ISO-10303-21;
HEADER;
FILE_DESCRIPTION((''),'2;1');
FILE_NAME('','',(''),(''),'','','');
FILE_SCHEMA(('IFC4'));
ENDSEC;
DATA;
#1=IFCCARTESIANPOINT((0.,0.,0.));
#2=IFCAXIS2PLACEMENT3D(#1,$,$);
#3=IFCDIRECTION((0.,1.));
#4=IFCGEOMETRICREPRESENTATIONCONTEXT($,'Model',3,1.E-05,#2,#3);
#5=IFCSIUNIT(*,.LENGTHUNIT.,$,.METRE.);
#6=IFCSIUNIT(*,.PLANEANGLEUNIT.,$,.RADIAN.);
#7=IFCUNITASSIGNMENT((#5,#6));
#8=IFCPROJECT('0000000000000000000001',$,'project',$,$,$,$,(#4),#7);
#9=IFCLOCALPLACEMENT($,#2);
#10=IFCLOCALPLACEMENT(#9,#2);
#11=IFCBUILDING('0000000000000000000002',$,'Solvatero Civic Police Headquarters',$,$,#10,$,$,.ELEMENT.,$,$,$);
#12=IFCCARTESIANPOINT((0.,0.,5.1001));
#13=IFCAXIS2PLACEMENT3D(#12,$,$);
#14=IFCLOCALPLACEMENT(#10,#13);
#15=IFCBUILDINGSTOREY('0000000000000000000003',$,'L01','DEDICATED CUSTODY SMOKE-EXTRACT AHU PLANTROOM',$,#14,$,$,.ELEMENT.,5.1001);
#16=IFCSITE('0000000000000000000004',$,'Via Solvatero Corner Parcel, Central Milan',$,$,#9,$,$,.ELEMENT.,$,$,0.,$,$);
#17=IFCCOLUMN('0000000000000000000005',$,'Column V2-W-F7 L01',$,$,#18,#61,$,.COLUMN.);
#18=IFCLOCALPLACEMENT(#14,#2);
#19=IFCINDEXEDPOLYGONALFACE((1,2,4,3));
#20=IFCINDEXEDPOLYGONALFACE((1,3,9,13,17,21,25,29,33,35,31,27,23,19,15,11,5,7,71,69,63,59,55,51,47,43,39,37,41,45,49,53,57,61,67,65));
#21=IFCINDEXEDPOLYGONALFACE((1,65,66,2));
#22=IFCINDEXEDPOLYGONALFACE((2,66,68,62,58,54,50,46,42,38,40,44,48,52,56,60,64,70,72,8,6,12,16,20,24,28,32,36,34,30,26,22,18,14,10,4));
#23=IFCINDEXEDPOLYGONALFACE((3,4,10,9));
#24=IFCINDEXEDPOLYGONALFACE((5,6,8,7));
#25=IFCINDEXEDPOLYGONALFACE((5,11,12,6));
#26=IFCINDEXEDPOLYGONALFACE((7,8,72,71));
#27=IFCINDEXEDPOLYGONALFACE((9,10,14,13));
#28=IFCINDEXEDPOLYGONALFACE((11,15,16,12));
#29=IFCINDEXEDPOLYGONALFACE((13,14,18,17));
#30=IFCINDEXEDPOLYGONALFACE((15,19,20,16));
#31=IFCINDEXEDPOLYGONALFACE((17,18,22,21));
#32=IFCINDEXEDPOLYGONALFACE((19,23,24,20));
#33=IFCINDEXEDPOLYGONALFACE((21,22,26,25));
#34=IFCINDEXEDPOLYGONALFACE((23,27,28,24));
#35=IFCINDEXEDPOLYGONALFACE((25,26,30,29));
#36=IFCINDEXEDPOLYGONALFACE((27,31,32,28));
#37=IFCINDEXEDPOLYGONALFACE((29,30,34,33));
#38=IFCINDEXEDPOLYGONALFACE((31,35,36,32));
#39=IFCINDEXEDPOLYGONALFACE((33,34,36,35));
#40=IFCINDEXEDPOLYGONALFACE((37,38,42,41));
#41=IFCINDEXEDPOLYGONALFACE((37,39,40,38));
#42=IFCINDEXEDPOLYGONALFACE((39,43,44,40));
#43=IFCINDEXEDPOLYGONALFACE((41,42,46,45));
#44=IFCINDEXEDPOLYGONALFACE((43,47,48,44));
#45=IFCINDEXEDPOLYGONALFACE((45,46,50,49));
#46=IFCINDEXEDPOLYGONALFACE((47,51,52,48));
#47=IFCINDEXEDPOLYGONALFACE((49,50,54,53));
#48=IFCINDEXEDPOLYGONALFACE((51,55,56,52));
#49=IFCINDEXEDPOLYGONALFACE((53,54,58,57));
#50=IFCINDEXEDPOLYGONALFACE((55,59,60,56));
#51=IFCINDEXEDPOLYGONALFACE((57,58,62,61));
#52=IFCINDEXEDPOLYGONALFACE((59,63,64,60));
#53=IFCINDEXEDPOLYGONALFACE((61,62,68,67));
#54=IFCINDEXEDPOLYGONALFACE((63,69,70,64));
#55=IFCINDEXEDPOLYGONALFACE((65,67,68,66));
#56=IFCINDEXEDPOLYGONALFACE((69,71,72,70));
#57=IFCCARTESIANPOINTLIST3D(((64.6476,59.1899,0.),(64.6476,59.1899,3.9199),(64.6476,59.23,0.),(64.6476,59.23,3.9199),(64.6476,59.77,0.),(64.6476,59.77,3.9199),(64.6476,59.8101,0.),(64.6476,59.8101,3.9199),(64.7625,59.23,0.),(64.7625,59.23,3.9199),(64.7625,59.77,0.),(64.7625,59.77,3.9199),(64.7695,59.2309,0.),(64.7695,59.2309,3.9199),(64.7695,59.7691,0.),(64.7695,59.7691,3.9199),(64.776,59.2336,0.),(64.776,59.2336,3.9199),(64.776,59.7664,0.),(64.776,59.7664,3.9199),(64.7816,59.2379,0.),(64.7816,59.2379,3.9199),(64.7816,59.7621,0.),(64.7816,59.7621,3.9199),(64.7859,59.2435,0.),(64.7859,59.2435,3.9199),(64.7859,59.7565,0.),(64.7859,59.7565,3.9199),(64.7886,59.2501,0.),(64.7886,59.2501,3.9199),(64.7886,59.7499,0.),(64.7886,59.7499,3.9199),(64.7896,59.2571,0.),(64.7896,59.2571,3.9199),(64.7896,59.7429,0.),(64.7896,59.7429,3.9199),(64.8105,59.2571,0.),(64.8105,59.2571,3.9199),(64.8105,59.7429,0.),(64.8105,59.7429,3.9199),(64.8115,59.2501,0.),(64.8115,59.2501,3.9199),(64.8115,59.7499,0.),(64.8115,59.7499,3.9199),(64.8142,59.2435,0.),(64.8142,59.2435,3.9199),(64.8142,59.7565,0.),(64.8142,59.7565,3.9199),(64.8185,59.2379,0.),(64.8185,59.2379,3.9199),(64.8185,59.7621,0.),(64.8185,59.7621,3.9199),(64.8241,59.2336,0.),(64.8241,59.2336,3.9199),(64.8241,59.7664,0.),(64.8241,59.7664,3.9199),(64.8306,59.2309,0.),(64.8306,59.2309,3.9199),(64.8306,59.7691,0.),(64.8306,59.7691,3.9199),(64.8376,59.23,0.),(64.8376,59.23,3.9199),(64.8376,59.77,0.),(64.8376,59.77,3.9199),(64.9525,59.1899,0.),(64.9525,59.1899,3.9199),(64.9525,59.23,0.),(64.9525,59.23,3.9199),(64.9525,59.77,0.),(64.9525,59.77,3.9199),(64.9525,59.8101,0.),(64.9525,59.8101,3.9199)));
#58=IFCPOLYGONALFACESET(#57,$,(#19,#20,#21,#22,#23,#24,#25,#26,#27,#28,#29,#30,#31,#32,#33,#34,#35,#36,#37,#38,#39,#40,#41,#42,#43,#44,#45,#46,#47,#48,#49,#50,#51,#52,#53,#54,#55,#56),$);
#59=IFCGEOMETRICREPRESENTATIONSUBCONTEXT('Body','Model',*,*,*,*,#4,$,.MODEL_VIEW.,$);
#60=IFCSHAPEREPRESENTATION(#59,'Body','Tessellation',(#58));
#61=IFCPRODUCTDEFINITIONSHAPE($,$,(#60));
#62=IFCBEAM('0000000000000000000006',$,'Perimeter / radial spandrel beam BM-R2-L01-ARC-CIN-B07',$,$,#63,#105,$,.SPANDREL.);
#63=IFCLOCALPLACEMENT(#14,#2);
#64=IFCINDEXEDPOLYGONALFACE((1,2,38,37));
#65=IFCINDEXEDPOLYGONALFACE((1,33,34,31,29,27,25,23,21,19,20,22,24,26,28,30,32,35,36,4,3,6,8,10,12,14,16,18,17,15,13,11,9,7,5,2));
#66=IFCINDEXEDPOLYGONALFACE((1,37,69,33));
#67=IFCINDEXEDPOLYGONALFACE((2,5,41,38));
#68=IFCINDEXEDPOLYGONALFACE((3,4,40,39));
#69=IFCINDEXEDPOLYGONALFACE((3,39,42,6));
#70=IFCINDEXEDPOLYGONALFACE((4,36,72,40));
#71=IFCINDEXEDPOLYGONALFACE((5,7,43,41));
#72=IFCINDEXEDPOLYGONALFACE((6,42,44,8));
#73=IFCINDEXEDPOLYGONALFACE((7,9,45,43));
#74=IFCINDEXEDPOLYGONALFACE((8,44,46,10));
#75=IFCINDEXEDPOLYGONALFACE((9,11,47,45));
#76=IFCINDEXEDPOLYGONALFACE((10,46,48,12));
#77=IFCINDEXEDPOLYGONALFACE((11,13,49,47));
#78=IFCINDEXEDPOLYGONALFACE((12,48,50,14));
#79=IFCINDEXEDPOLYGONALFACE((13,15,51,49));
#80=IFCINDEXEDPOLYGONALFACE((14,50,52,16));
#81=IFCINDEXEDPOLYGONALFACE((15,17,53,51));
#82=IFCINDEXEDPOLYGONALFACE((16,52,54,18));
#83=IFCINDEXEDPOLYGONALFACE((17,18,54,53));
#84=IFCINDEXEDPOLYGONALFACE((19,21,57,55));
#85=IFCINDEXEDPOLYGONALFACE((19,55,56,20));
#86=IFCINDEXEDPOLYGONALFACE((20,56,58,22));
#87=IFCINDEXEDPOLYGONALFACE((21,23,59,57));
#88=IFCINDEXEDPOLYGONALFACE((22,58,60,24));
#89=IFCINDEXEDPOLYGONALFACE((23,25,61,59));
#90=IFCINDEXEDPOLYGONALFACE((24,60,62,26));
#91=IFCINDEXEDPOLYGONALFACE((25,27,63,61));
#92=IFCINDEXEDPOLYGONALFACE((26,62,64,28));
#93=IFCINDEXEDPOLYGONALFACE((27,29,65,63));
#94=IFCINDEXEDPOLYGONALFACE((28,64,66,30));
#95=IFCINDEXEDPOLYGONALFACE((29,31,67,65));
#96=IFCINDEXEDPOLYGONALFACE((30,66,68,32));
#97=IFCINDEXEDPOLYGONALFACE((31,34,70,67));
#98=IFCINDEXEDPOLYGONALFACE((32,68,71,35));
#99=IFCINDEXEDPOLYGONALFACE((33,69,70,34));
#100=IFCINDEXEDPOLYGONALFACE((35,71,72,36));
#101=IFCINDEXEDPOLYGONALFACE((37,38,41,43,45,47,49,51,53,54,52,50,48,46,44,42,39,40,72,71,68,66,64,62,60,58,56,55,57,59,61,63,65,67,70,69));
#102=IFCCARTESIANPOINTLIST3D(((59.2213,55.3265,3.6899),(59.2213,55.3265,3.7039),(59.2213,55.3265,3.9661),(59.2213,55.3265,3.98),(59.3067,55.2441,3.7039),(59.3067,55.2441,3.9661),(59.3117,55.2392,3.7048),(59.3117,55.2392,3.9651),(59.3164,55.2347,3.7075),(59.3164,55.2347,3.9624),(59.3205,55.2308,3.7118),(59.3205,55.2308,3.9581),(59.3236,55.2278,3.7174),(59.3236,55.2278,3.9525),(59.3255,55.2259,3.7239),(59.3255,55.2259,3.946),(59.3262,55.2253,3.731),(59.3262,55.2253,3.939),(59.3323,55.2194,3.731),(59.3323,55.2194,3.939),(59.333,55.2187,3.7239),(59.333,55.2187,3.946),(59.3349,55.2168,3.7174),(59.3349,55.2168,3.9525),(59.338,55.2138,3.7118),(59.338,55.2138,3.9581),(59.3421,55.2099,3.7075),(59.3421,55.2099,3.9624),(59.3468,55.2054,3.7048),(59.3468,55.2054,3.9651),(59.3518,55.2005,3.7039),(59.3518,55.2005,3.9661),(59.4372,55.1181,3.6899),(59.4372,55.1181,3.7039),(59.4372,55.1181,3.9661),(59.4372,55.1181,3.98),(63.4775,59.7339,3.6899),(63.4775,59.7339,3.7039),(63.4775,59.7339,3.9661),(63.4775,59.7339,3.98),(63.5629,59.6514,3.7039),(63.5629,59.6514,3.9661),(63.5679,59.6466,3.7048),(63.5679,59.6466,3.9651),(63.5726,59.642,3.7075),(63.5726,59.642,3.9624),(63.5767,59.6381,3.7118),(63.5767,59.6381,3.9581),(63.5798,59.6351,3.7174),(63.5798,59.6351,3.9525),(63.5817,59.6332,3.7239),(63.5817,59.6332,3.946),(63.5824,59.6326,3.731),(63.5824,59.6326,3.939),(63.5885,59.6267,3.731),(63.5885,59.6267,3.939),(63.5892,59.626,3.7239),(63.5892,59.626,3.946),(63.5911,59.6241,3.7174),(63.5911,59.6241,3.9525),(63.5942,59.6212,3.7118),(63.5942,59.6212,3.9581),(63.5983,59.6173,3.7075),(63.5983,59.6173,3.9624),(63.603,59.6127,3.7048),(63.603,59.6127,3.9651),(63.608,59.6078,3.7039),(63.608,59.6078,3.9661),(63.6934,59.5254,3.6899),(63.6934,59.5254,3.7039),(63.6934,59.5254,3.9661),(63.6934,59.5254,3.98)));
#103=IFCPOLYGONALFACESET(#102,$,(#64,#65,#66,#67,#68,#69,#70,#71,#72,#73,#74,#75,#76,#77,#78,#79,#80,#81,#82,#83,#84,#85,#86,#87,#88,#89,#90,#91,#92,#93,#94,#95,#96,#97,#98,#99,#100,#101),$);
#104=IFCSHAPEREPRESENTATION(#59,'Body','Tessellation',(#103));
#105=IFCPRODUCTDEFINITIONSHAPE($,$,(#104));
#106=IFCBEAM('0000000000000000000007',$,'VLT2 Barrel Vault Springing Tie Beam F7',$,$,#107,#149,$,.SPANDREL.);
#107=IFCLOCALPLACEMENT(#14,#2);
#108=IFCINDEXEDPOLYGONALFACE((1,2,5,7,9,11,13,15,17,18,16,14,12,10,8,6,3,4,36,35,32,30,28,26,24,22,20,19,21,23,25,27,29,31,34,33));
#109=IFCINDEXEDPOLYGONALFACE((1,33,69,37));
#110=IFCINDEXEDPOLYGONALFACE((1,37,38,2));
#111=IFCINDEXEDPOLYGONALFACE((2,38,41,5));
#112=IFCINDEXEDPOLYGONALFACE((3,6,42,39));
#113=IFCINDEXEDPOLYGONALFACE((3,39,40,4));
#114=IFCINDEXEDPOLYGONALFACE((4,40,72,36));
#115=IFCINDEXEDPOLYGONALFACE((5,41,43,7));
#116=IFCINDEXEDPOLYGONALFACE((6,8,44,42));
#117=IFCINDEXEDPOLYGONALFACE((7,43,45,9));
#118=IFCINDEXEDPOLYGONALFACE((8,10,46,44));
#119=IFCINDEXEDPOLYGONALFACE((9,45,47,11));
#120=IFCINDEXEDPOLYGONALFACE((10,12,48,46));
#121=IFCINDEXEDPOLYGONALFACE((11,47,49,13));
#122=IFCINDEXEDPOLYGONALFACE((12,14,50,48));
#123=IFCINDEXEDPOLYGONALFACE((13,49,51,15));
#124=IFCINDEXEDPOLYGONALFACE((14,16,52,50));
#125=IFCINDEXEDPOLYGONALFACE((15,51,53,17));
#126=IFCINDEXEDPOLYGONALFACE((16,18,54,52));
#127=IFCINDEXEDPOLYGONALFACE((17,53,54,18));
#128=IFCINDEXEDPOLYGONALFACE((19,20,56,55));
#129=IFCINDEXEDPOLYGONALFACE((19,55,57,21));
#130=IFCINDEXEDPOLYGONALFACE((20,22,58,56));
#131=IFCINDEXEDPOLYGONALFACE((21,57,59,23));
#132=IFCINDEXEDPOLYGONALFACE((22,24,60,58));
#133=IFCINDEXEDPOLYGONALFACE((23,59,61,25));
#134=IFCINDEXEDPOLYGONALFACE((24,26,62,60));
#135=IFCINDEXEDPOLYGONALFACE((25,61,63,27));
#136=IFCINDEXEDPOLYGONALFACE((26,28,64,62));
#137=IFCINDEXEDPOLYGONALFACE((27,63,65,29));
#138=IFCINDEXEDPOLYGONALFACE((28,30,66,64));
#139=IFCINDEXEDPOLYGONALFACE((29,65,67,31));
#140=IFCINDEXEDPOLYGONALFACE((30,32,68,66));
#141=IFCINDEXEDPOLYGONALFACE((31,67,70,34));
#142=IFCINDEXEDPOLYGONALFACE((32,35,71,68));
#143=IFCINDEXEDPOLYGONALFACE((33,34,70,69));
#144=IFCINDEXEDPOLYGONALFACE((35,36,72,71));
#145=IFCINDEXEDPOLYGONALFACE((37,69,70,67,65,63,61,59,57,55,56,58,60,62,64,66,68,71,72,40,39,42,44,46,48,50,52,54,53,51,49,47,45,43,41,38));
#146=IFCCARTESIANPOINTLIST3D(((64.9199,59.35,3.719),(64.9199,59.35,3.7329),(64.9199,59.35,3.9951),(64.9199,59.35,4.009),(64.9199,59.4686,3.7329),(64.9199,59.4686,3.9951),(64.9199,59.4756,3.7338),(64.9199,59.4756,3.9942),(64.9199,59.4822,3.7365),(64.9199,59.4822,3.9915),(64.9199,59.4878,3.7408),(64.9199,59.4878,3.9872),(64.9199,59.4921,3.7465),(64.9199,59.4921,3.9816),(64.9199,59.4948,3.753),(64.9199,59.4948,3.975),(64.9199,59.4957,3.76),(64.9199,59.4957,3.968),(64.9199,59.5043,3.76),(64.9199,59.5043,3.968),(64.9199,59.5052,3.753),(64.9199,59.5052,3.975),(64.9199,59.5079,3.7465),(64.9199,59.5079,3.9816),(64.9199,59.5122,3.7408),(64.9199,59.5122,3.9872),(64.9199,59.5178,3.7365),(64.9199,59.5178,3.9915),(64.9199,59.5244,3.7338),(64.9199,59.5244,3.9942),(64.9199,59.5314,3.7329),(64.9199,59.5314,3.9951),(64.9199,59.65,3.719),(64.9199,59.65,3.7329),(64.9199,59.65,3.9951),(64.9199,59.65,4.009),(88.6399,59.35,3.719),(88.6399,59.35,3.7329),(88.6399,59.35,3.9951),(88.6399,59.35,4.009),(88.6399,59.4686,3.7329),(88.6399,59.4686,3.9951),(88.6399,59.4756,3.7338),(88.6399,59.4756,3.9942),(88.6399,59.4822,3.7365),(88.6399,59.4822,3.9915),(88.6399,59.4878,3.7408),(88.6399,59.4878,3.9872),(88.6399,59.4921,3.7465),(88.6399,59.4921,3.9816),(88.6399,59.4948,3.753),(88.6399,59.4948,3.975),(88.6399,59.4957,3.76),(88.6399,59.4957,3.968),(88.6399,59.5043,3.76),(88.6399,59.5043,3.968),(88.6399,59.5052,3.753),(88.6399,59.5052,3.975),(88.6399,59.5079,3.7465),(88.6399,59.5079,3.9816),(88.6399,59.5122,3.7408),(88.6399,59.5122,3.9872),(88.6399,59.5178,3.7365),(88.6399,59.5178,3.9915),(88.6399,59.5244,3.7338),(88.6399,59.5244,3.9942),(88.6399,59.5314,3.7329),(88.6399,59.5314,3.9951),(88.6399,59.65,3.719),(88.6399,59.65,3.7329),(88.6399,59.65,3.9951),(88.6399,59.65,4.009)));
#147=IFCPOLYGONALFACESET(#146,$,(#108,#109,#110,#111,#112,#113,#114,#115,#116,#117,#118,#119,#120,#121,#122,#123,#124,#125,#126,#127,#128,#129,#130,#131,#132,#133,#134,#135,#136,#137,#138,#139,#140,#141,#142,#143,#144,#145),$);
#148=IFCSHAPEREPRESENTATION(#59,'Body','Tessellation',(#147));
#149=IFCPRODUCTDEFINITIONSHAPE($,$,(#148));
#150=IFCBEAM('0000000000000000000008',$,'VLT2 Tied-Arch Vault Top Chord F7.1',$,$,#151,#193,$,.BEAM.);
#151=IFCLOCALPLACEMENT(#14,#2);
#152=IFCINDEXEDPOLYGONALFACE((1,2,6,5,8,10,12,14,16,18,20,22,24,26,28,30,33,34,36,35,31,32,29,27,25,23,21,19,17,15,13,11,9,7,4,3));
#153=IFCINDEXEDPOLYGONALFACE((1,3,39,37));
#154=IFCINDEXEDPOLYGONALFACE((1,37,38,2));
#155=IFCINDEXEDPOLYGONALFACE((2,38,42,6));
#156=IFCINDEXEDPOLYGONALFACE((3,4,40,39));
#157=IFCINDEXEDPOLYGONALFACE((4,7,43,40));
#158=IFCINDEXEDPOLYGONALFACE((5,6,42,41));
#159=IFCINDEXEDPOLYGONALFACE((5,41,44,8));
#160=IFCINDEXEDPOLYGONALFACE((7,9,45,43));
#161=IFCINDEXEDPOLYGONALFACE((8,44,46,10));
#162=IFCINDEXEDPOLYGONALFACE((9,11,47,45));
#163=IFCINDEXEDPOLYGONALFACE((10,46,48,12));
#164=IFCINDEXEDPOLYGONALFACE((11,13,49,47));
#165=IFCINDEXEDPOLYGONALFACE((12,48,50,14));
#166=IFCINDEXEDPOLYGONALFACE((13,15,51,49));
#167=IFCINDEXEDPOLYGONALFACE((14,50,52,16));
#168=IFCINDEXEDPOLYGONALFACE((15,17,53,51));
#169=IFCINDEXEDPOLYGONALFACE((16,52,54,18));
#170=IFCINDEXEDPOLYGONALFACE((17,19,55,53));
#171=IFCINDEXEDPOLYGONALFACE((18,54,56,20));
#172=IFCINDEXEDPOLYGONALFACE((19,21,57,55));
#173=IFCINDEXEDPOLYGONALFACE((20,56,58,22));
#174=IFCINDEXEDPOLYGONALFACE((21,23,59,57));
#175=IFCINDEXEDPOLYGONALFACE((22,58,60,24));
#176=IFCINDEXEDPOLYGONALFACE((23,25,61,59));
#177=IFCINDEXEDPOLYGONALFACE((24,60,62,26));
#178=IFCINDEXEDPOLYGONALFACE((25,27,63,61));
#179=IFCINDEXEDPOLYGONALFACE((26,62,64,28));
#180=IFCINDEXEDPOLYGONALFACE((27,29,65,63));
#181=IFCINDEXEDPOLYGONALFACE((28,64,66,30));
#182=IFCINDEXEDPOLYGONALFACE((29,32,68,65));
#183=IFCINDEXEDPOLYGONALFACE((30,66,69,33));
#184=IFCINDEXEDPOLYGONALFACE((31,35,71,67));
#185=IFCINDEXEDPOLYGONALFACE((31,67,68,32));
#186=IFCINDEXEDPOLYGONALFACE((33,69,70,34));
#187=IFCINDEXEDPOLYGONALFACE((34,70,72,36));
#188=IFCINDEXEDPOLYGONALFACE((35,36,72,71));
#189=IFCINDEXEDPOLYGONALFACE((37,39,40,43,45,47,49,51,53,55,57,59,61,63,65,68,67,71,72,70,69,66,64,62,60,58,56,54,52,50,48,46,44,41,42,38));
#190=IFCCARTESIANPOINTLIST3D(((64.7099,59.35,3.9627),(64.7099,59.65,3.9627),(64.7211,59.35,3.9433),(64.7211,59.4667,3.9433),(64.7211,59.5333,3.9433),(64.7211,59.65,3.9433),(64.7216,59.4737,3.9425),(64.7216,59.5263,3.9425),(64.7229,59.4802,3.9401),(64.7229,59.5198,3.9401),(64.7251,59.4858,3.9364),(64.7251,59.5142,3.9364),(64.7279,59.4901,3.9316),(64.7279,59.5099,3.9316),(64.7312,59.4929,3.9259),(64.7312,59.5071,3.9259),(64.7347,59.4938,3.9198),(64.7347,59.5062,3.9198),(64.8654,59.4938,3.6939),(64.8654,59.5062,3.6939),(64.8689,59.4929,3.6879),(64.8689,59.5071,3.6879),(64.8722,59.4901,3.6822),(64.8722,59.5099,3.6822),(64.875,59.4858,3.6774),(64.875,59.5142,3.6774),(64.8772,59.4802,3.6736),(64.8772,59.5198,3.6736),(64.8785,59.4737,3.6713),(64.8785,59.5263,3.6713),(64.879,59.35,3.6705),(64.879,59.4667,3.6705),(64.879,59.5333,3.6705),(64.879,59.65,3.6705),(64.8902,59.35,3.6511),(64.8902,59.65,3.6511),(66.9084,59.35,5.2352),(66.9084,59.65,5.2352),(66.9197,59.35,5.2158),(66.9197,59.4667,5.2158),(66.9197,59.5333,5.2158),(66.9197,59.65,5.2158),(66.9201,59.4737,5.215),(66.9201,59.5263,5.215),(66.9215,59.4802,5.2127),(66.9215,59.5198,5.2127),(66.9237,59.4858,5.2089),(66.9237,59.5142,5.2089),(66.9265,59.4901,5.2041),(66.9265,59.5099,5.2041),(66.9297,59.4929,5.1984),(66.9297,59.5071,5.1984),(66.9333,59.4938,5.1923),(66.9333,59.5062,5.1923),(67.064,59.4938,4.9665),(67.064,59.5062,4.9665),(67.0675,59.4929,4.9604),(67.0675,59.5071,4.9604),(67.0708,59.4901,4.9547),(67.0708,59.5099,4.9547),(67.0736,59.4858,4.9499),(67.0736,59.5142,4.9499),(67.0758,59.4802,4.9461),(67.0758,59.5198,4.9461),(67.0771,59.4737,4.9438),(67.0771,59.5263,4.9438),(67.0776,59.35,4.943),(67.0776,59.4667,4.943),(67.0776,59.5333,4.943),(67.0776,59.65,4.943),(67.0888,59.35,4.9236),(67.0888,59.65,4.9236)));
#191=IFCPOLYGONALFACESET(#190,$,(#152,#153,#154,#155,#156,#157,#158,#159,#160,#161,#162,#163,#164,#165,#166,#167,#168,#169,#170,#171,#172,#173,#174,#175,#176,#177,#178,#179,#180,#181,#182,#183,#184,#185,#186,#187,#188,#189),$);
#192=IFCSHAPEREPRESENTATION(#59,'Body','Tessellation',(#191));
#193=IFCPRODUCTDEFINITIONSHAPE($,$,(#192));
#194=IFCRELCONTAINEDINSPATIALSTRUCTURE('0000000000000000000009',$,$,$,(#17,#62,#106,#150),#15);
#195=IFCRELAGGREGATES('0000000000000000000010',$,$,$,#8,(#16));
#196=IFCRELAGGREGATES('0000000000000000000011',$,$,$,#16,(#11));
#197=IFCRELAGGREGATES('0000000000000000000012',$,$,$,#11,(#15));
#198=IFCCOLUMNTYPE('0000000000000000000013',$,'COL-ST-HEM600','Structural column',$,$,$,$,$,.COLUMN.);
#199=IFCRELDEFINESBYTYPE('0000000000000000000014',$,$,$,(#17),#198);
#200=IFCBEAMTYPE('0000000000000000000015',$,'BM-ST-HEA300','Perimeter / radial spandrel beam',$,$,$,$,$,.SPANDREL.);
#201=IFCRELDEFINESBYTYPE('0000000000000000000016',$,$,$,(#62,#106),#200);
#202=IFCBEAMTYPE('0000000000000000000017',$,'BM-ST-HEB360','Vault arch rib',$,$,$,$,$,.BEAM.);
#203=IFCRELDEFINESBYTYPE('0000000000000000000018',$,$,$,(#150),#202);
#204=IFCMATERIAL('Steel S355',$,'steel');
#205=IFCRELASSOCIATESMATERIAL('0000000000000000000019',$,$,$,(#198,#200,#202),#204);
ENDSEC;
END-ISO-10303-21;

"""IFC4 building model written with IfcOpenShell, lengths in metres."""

from ifc_helpers import new_model, si_unit, direction, frame, origin, origin_2d, place, context, subcontext, project, spatial, i_section, extrude, material, material_profile, profile_set, type_object, element, save


model = new_model("IFC4")

# Units and contexts
model_context = context("Model", 3, precision=1e-05, world=origin(), true_north=direction((0.0, 1.0)))
body_context = subcontext(model_context, "Body", "Model", "MODEL_VIEW")
ifc_project = project(units=[si_unit("LENGTHUNIT", "METRE"), si_unit("PLANEANGLEUNIT", "RADIAN")], contexts=[model_context])

# Site, building, storey
site_placement = place(None, origin())
site = spatial("IfcSite", under=ifc_project, at=site_placement, Name="Via Solvatero Corner Parcel, Central Milan", CompositionType="ELEMENT", RefElevation=0.0)
building_placement = place(site_placement, origin())
building = spatial("IfcBuilding", under=site, at=building_placement, Name="Solvatero Civic Police Headquarters", CompositionType="ELEMENT")
storey_placement = place(building_placement, frame((0.0, 0.0, 5.1001)))
storey = spatial("IfcBuildingStorey", under=building, at=storey_placement, Name="L01", Description="DEDICATED CUSTODY SMOKE-EXTRACT AHU PLANTROOM", CompositionType="ELEMENT", Elevation=5.1001)

# Column
ifc_material_1 = material(Name="Steel S355", Category="steel")
ifc_material_profile_1 = material_profile(ifc_material_1, i_section(OverallWidth=0.3049, OverallDepth=0.6201, WebThickness=0.021, FlangeThickness=0.04, FilletRadius=0.0271, at=origin_2d()), Name="HEM 600")
ifc_profile_set_1 = profile_set([ifc_material_profile_1], Name="Steel S355")
column_type = type_object("IfcColumnType", Name="COL-ST-HEM600", Description="Structural column", PredefinedType="COLUMN", material=ifc_profile_set_1)
column_placement = place(storey_placement, frame((64.8, 59.5, 0.0), z_axis=(0.0, 0.0, 1.0), x_axis=(1.0, 0.0, 0.0)))
element("IfcColumn", 1, at=column_placement, inside=storey, type_object=column_type, Name="Column V2-W-F7 L01", PredefinedType="COLUMN", context=body_context, shape_type="SweptSolid", body=[
    extrude(i_section(OverallWidth=0.3049, OverallDepth=0.6201, WebThickness=0.021, FlangeThickness=0.04, FilletRadius=0.0271, at=origin_2d()), origin(), (0.0, 0.0, 1.0), 3.9199),
])

# Beams
ifc_material_profile_2 = material_profile(ifc_material_1, i_section(OverallWidth=0.3, OverallDepth=0.29, WebThickness=0.0085, FlangeThickness=0.0139, FilletRadius=0.0271, at=origin_2d()), Name="HEA 300")
ifc_profile_set_2 = profile_set([ifc_material_profile_2], Name="Steel S355")
beam_type_1 = type_object("IfcBeamType", Name="BM-ST-HEA300", Description="Perimeter / radial spandrel beam", PredefinedType="SPANDREL", material=ifc_profile_set_2)
beam_1_placement = place(storey_placement, frame((63.5854, 59.6296, 3.835), z_axis=(-0.694666, -0.719332, 0.0), x_axis=(0.719332, -0.694666, 0.0)))
element("IfcBeam", 2, at=beam_1_placement, inside=storey, type_object=beam_type_1, Name="Perimeter / radial spandrel beam BM-R2-L01-ARC-CIN-B07", PredefinedType="SPANDREL", context=body_context, shape_type="SweptSolid", body=[
    extrude(i_section(OverallWidth=0.3, OverallDepth=0.29, WebThickness=0.0085, FlangeThickness=0.0139, FilletRadius=0.0271, at=origin_2d()), origin(), (0.0, 0.0, 1.0), 6.127),
])
beam_2_placement = place(storey_placement, frame((64.9199, 59.5, 3.864), z_axis=(1.0, 0.0, 0.0), x_axis=(0.0, 1.0, 0.0)))
element("IfcBeam", 3, at=beam_2_placement, inside=storey, type_object=beam_type_1, Name="VLT2 Barrel Vault Springing Tie Beam F7", PredefinedType="SPANDREL", context=body_context, shape_type="SweptSolid", body=[
    extrude(i_section(OverallWidth=0.3, OverallDepth=0.29, WebThickness=0.0085, FlangeThickness=0.0139, FilletRadius=0.0271, at=origin_2d()), origin(), (0.0, 0.0, 1.0), 23.72),
])
ifc_material_profile_3 = material_profile(ifc_material_1, i_section(OverallWidth=0.3, OverallDepth=0.3601, WebThickness=0.0125, FlangeThickness=0.0225, FilletRadius=0.0271, at=origin_2d()), Name="HEB 360")
ifc_profile_set_3 = profile_set([ifc_material_profile_3], Name="Steel S355")
beam_type_2 = type_object("IfcBeamType", Name="BM-ST-HEB360", Description="Vault arch rib", PredefinedType="BEAM", material=ifc_profile_set_3)
beam_3_placement = place(storey_placement, frame((64.8, 59.5, 3.8069), z_axis=(0.865486, 0.0, 0.500934), x_axis=(0.0, 1.0, 0.0)))
element("IfcBeam", 4, at=beam_3_placement, inside=storey, type_object=beam_type_2, Name="VLT2 Tied-Arch Vault Top Chord F7.1", PredefinedType="BEAM", context=body_context, shape_type="SweptSolid", body=[
    extrude(i_section(OverallWidth=0.3, OverallDepth=0.3601, WebThickness=0.0125, FlangeThickness=0.0225, FilletRadius=0.0271, at=origin_2d()), origin(), (0.0, 0.0, 1.0), 2.5403),
])

save(model, "model.ifc")
